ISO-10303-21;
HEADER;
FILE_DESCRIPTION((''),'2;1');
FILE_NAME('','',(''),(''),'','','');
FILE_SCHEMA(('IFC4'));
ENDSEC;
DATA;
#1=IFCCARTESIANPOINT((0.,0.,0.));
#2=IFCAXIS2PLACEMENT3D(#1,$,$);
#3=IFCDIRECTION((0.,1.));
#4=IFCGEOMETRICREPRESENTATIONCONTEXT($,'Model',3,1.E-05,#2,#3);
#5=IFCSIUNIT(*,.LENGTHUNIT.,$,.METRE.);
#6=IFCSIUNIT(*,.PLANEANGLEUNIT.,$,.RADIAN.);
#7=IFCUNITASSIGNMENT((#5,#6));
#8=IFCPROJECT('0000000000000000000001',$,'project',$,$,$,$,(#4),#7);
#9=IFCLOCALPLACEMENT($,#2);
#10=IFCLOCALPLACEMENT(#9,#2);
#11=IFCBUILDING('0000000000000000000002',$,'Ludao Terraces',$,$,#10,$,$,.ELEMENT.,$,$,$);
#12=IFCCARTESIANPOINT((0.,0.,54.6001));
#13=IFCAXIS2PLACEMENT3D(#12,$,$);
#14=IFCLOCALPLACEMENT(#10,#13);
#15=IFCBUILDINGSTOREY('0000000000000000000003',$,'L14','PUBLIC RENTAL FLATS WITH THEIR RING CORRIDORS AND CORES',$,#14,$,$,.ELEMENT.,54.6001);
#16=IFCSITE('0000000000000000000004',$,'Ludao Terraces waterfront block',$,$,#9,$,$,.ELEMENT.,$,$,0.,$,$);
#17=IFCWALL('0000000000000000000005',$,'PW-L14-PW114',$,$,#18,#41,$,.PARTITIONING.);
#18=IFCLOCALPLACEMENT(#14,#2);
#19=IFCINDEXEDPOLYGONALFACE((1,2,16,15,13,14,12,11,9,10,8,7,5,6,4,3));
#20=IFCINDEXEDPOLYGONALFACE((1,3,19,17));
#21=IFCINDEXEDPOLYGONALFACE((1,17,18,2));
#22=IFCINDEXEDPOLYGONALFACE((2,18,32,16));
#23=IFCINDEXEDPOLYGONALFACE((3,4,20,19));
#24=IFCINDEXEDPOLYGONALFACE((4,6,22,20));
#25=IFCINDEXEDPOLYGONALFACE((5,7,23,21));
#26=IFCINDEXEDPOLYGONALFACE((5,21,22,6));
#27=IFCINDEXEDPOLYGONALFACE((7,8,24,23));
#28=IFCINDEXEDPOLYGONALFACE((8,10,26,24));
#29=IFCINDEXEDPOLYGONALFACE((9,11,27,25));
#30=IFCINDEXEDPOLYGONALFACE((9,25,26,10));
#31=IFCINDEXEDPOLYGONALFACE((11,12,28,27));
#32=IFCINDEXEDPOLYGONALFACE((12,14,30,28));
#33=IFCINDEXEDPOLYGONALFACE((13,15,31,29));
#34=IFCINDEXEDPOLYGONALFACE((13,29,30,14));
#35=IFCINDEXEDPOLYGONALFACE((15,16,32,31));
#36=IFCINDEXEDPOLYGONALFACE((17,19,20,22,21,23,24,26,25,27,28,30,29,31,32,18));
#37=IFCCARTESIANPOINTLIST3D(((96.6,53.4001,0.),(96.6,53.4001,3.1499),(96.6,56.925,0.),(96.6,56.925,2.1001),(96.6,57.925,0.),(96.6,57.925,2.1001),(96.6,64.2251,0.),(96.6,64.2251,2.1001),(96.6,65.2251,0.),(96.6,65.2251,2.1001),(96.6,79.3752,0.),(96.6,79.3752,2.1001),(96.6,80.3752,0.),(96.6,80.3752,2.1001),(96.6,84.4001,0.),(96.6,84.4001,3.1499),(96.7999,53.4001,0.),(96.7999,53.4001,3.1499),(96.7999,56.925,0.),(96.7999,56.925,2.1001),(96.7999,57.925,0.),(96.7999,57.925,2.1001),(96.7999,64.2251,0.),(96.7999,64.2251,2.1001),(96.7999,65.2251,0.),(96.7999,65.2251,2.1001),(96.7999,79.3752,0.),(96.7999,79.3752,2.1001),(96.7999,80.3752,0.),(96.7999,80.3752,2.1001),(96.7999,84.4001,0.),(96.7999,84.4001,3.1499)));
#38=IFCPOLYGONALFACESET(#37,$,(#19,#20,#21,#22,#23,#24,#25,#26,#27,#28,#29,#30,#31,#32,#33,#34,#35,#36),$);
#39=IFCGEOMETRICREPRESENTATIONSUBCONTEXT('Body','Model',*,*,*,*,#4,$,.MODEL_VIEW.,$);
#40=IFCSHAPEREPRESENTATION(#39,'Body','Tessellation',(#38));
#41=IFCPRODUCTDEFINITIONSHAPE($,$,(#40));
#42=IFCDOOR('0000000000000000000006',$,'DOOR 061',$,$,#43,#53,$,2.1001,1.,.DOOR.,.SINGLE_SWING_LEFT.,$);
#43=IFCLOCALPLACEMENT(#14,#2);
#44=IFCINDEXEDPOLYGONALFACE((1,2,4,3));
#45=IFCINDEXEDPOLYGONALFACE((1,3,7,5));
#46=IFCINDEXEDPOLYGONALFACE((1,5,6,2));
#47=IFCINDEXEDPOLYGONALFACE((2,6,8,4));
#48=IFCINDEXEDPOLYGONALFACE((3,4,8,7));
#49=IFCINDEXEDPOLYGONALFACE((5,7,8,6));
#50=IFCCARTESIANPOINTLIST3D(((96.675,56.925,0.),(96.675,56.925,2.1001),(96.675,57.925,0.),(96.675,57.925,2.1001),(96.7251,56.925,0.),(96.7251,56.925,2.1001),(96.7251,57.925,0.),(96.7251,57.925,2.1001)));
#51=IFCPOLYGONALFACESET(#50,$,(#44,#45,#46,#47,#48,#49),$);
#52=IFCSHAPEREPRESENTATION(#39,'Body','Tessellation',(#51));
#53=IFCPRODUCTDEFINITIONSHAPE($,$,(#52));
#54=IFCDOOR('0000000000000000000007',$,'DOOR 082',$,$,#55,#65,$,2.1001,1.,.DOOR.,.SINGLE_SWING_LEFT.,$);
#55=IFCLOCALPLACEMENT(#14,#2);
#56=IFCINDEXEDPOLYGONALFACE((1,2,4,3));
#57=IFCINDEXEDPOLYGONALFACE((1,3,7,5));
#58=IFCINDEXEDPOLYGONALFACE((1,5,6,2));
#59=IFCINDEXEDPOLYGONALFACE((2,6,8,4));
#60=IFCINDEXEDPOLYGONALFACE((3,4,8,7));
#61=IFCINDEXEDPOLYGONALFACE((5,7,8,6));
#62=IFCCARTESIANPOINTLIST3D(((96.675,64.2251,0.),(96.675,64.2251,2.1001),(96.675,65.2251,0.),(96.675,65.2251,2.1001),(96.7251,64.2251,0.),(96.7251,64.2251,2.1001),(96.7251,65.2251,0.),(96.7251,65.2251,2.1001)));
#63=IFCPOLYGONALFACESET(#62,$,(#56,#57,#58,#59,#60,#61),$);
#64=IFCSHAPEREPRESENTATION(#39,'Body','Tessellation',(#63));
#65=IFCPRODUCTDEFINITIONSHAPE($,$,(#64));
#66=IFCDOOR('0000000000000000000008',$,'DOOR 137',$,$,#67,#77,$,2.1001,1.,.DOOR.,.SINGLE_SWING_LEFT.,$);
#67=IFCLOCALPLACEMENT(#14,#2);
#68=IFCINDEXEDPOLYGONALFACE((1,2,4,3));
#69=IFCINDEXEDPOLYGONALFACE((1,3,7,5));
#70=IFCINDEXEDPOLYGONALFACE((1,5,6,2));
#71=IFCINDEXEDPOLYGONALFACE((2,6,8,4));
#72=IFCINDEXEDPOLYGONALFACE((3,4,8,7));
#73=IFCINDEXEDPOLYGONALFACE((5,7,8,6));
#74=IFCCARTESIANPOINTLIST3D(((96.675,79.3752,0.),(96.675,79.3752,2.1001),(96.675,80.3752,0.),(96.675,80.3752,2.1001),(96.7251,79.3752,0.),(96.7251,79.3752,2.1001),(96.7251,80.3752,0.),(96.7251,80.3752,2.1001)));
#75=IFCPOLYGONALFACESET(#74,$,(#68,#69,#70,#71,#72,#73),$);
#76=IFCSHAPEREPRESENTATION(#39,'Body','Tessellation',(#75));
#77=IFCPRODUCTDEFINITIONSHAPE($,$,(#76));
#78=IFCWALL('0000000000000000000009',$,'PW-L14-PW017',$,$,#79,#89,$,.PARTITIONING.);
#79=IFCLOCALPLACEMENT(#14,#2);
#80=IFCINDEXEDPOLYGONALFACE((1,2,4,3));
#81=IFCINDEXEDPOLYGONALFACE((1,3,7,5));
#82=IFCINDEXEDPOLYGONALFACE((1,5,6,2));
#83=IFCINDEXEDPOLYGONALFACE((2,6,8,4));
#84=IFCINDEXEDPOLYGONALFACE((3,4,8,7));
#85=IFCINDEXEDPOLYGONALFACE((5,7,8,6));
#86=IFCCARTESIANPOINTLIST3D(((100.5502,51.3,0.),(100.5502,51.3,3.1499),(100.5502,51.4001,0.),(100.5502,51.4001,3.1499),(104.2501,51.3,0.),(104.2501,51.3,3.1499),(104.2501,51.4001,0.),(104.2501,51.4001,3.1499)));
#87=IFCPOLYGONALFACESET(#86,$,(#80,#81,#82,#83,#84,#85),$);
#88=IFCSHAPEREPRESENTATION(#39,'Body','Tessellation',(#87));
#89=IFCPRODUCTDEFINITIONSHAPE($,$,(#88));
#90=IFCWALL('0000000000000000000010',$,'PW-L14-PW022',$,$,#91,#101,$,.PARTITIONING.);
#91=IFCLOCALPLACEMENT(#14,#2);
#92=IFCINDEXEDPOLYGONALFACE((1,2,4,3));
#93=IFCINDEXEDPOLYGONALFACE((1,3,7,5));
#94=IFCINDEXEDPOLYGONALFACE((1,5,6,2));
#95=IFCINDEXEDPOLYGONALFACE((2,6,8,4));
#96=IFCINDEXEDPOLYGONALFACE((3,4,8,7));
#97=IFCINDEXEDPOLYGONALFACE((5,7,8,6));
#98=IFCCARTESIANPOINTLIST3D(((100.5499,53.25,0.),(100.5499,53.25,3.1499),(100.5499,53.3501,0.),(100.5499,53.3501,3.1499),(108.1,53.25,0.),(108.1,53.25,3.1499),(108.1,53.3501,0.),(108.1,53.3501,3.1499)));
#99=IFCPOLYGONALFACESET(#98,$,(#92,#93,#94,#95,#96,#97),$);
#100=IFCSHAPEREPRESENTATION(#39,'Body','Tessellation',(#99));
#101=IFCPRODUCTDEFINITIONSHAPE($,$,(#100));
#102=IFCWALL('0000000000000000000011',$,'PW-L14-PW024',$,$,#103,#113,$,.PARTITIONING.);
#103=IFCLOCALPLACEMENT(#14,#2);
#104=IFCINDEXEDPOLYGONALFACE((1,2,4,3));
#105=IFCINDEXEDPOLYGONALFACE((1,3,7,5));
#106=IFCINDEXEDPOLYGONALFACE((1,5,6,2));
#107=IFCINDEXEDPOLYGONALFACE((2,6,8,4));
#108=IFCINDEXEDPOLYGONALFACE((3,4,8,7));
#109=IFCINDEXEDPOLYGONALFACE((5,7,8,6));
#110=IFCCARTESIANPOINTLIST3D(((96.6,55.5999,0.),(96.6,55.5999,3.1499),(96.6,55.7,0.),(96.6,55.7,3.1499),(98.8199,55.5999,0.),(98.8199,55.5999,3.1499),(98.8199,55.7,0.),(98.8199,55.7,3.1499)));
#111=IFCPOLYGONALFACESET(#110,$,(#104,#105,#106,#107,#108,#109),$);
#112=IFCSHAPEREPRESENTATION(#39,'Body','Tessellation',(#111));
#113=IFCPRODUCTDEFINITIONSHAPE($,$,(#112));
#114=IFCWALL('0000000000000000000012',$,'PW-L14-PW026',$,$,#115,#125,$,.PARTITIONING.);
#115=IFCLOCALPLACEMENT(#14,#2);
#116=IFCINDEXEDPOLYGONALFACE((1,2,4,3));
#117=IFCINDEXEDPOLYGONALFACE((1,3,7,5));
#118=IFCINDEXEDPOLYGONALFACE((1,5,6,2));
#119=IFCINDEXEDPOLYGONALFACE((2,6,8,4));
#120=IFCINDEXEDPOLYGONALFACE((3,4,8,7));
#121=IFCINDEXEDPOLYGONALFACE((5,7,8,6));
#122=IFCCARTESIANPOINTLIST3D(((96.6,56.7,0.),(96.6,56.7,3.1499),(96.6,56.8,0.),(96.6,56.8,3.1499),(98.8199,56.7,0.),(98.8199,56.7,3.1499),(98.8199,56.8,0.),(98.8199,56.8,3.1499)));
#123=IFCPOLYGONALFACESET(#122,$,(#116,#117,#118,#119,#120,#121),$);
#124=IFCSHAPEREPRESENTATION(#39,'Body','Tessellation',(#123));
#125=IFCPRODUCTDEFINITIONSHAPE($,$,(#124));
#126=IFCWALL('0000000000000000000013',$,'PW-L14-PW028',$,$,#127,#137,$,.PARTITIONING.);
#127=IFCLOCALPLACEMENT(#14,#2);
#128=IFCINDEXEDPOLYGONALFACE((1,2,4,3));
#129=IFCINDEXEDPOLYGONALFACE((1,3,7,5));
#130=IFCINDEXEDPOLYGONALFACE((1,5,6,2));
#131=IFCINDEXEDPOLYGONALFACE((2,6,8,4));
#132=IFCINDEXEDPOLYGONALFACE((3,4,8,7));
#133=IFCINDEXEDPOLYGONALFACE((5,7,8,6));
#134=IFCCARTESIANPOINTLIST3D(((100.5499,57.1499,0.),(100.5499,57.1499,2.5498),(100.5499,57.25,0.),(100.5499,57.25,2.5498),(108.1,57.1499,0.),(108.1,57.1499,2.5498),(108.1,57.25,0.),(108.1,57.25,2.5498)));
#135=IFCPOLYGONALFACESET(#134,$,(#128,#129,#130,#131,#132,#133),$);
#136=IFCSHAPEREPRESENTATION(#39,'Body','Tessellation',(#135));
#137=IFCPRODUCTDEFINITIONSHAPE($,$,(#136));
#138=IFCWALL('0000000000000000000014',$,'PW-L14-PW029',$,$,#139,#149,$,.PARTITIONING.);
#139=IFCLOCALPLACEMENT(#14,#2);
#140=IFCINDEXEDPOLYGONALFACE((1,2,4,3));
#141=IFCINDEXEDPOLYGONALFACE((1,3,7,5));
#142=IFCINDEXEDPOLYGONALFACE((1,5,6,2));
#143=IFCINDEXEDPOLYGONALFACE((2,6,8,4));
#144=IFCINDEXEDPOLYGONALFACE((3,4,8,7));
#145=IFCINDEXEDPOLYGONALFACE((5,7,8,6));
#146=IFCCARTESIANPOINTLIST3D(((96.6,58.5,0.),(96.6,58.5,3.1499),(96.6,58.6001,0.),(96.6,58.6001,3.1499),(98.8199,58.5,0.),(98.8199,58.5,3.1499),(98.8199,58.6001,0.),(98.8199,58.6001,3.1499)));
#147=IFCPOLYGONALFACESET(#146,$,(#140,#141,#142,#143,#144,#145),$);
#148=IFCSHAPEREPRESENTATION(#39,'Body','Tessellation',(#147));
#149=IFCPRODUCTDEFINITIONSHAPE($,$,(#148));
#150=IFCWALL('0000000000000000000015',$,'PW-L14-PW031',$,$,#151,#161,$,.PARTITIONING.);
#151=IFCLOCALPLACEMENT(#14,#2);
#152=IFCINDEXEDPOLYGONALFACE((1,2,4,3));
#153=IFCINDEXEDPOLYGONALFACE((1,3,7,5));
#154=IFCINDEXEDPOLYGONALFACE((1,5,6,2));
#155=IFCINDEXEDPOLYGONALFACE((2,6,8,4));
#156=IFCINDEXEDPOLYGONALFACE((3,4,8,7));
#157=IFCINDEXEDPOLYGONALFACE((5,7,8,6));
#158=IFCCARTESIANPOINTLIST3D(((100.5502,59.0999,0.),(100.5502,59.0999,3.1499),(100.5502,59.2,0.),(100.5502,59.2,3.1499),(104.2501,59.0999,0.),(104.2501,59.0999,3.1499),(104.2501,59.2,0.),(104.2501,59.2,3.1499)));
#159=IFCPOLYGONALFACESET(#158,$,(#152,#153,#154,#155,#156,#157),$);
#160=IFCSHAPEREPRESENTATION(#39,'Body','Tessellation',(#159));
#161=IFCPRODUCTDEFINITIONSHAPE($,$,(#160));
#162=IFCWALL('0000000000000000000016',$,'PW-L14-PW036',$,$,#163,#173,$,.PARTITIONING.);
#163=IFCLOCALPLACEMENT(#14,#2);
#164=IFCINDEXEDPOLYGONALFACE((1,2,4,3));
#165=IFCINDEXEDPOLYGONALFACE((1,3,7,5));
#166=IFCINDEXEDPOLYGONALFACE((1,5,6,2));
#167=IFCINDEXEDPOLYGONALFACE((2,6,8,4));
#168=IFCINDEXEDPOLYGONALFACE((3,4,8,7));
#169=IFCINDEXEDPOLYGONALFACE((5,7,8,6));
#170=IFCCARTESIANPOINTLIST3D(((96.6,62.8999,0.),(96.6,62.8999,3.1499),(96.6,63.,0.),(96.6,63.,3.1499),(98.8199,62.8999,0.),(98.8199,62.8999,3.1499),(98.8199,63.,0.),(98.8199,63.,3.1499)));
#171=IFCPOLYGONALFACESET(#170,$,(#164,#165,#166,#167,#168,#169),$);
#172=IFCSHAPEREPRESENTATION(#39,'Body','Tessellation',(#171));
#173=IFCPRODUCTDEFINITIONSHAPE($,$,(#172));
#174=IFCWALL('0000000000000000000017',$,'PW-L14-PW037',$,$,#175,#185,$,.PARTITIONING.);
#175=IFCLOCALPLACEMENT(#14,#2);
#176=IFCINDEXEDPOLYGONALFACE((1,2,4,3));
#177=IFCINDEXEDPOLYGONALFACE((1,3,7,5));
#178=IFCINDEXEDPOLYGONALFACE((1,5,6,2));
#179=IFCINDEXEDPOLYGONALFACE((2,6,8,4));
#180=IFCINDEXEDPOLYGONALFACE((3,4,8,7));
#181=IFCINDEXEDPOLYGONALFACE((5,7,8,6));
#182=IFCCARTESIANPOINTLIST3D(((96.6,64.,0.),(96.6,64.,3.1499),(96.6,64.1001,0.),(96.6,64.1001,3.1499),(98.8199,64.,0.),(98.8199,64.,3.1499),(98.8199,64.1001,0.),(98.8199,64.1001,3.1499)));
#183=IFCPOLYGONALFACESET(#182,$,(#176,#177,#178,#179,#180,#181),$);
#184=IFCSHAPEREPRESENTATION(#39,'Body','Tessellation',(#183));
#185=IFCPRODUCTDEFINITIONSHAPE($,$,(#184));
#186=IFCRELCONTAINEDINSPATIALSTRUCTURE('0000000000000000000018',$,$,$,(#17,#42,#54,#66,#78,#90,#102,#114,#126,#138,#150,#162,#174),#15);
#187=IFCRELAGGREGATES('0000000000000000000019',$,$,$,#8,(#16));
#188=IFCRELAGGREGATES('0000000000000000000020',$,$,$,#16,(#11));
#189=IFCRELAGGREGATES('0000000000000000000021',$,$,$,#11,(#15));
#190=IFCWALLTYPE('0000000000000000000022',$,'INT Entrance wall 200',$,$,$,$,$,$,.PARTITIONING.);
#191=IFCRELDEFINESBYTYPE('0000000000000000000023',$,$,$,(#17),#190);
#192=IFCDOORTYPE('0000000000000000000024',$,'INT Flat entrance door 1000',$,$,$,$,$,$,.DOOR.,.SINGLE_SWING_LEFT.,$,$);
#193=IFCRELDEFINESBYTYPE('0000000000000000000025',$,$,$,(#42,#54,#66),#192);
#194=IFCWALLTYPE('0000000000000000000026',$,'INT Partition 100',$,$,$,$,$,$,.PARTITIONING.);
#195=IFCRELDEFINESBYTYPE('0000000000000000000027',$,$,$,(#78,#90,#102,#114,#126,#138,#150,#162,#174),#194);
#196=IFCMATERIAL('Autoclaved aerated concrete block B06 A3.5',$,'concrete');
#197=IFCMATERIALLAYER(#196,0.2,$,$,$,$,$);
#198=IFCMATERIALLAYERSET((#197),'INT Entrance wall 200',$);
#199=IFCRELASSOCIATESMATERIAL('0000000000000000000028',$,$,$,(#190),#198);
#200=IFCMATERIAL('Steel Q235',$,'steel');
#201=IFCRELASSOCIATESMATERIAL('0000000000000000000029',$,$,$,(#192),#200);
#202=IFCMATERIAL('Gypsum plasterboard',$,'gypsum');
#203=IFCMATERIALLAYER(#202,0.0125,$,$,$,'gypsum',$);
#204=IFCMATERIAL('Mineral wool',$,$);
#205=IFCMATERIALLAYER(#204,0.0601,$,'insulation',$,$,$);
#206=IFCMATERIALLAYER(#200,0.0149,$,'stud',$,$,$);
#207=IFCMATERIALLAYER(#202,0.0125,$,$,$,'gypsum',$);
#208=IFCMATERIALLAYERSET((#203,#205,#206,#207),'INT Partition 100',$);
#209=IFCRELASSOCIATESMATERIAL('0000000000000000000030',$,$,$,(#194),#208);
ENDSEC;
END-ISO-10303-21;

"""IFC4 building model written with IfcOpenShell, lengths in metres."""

from ifc_helpers import new_model, si_unit, direction, frame, frame_2d, origin, place, context, subcontext, project, spatial, rectangle, extrude, material, layer, layer_set, type_object, element, fill, save


model = new_model("IFC4")

# Units and contexts
model_context = context("Model", 3, precision=1e-05, world=origin(), true_north=direction((0.0, 1.0)))
body_context = subcontext(model_context, "Body", "Model", "MODEL_VIEW")
ifc_project = project(units=[si_unit("LENGTHUNIT", "METRE"), si_unit("PLANEANGLEUNIT", "RADIAN")], contexts=[model_context])

# Site, building, storey
site_placement = place(None, origin())
site = spatial("IfcSite", under=ifc_project, at=site_placement, Name="Ludao Terraces waterfront block", CompositionType="ELEMENT", RefElevation=0.0)
building_placement = place(site_placement, origin())
building = spatial("IfcBuilding", under=site, at=building_placement, Name="Ludao Terraces", CompositionType="ELEMENT")
storey_placement = place(building_placement, frame((0.0, 0.0, 54.6001)))
storey = spatial("IfcBuildingStorey", under=building, at=storey_placement, Name="L14", Description="PUBLIC RENTAL FLATS WITH THEIR RING CORRIDORS AND CORES", CompositionType="ELEMENT", Elevation=54.6001)

# Wall, openings, doors
ifc_material_1 = material(Name="Autoclaved aerated concrete block B06 A3.5", Category="concrete")
ifc_layer_1 = layer(ifc_material_1, 0.2)
ifc_layer_set_1 = layer_set([ifc_layer_1], Name="INT Entrance wall 200")
wall_type_1 = type_object("IfcWallType", Name="INT Entrance wall 200", PredefinedType="PARTITIONING", material=ifc_layer_set_1)
wall_1_placement = place(storey_placement, frame((96.7, 53.4001, 0.0), z_axis=(0.0, 0.0, 1.0), x_axis=(0.0, 1.0, 0.0)))
wall_1 = element("IfcWall", 1, at=wall_1_placement, inside=storey, type_object=wall_type_1, Name="PW-L14-PW114", PredefinedType="PARTITIONING", context=body_context, shape_type="SweptSolid", body=[
    extrude(rectangle(XDim=31.0, YDim=0.2, at=frame_2d((15.5, 0.0))), origin(), (0.0, 0.0, 1.0), 3.1499),
])
opening_1_placement = place(wall_1_placement, frame((3.5249, 0.0, 0.0)))
opening_1 = element("IfcOpeningElement", 2, at=opening_1_placement, cuts=wall_1, PredefinedType="OPENING", context=body_context, shape_type="SweptSolid", body=[
    extrude(rectangle(XDim=1.0, YDim=2.1001, at=frame_2d((0.5, 1.05))), frame((0.0, 0.1099, 0.0), z_axis=(0.0, -1.0, 0.0), x_axis=(1.0, 0.0, 0.0)), (0.0, 0.0, 1.0), 0.22),
])
opening_2_placement = place(wall_1_placement, frame((10.825, 0.0, 0.0)))
opening_2 = element("IfcOpeningElement", 3, at=opening_2_placement, cuts=wall_1, PredefinedType="OPENING", context=body_context, shape_type="SweptSolid", body=[
    extrude(rectangle(XDim=1.0, YDim=2.1001, at=frame_2d((0.5, 1.05))), frame((0.0, 0.1099, 0.0), z_axis=(0.0, -1.0, 0.0), x_axis=(1.0, 0.0, 0.0)), (0.0, 0.0, 1.0), 0.22),
])
opening_3_placement = place(wall_1_placement, frame((25.9751, 0.0, 0.0)))
opening_3 = element("IfcOpeningElement", 4, at=opening_3_placement, cuts=wall_1, PredefinedType="OPENING", context=body_context, shape_type="SweptSolid", body=[
    extrude(rectangle(XDim=1.0, YDim=2.1001, at=frame_2d((0.5, 1.05))), frame((0.0, 0.1099, 0.0), z_axis=(0.0, -1.0, 0.0), x_axis=(1.0, 0.0, 0.0)), (0.0, 0.0, 1.0), 0.22),
])
ifc_material_2 = material(Name="Steel Q235", Category="steel")
door_type_1 = type_object("IfcDoorType", Name="INT Flat entrance door 1000", OperationType="SINGLE_SWING_LEFT", PredefinedType="DOOR", material=ifc_material_2)
door_1_placement = place(opening_1_placement, origin())
door_1 = element("IfcDoor", 5, at=door_1_placement, inside=storey, type_object=door_type_1, Name="DOOR 061", OperationType="SINGLE_SWING_LEFT", OverallHeight=2.1001, OverallWidth=1.0, PredefinedType="DOOR", context=body_context, shape_type="SweptSolid", body=[
    extrude(rectangle(XDim=1.0, YDim=2.1001, at=frame_2d((0.5, 1.05))), frame((0.0, 0.0249, 0.0), z_axis=(0.0, -1.0, 0.0), x_axis=(1.0, 0.0, 0.0)), (0.0, 0.0, 1.0), 0.05),
])
fill(opening_1, door_1)
door_2_placement = place(opening_2_placement, origin())
door_2 = element("IfcDoor", 6, at=door_2_placement, inside=storey, type_object=door_type_1, Name="DOOR 082", OperationType="SINGLE_SWING_LEFT", OverallHeight=2.1001, OverallWidth=1.0, PredefinedType="DOOR", context=body_context, shape_type="SweptSolid", body=[
    extrude(rectangle(XDim=1.0, YDim=2.1001, at=frame_2d((0.5, 1.05))), frame((0.0, 0.0249, 0.0), z_axis=(0.0, -1.0, 0.0), x_axis=(1.0, 0.0, 0.0)), (0.0, 0.0, 1.0), 0.05),
])
fill(opening_2, door_2)
door_3_placement = place(opening_3_placement, origin())
door_3 = element("IfcDoor", 7, at=door_3_placement, inside=storey, type_object=door_type_1, Name="DOOR 137", OperationType="SINGLE_SWING_LEFT", OverallHeight=2.1001, OverallWidth=1.0, PredefinedType="DOOR", context=body_context, shape_type="SweptSolid", body=[
    extrude(rectangle(XDim=1.0, YDim=2.1001, at=frame_2d((0.5, 1.05))), frame((0.0, 0.0249, 0.0), z_axis=(0.0, -1.0, 0.0), x_axis=(1.0, 0.0, 0.0)), (0.0, 0.0, 1.0), 0.05),
])
fill(opening_3, door_3)

# Walls
ifc_material_3 = material(Name="Gypsum plasterboard", Category="gypsum")
ifc_layer_2 = layer(ifc_material_3, 0.0125, Category="gypsum")
ifc_material_4 = material(Name="Mineral wool")
ifc_layer_3 = layer(ifc_material_4, 0.0601, Name="insulation")
ifc_layer_4 = layer(ifc_material_2, 0.0149, Name="stud")
ifc_layer_5 = layer(ifc_material_3, 0.0125, Category="gypsum")
ifc_layer_set_2 = layer_set([ifc_layer_2, ifc_layer_3, ifc_layer_4, ifc_layer_5], Name="INT Partition 100")
wall_type_2 = type_object("IfcWallType", Name="INT Partition 100", PredefinedType="PARTITIONING", material=ifc_layer_set_2)
wall_2_placement = place(storey_placement, frame((100.55, 51.3501, 0.0), z_axis=(0.0, 0.0, 1.0), x_axis=(1.0, 0.0, 0.0)))
element("IfcWall", 8, at=wall_2_placement, inside=storey, type_object=wall_type_2, Name="PW-L14-PW017", PredefinedType="PARTITIONING", context=body_context, shape_type="SweptSolid", body=[
    extrude(rectangle(XDim=3.7, YDim=0.1001, at=frame_2d((1.8501, 0.0))), origin(), (0.0, 0.0, 1.0), 3.1499),
])
wall_3_placement = place(storey_placement, frame((100.55, 53.3, 0.0), z_axis=(0.0, 0.0, 1.0), x_axis=(1.0, 0.0, 0.0)))
element("IfcWall", 9, at=wall_3_placement, inside=storey, type_object=wall_type_2, Name="PW-L14-PW022", PredefinedType="PARTITIONING", context=body_context, shape_type="SweptSolid", body=[
    extrude(rectangle(XDim=7.55, YDim=0.1001, at=frame_2d((3.7749, 0.0))), origin(), (0.0, 0.0, 1.0), 3.1499),
])
for number, where, z_axis, x_axis, name in (
    (10, (96.6001, 55.6499, 0.0), (0.0, 0.0, 1.0), (1.0, 0.0, 0.0), "PW-L14-PW024"),
    (11, (96.6001, 56.75, 0.0), (0.0, 0.0, 1.0), (1.0, 0.0, 0.0), "PW-L14-PW026"),
):
    element("IfcWall", number, at=place(storey_placement, frame(where, z_axis=z_axis, x_axis=x_axis)), inside=storey, type_object=wall_type_2, Name=name, PredefinedType="PARTITIONING", context=body_context, shape_type="SweptSolid", body=[
        extrude(rectangle(XDim=2.22, YDim=0.1001, at=frame_2d((1.1099, 0.0))), origin(), (0.0, 0.0, 1.0), 3.1499),
    ])
wall_4_placement = place(storey_placement, frame((100.55, 57.2, 0.0), z_axis=(0.0, 0.0, 1.0), x_axis=(1.0, 0.0, 0.0)))
element("IfcWall", 12, at=wall_4_placement, inside=storey, type_object=wall_type_2, Name="PW-L14-PW028", PredefinedType="PARTITIONING", context=body_context, shape_type="SweptSolid", body=[
    extrude(rectangle(XDim=7.55, YDim=0.1001, at=frame_2d((3.7749, 0.0))), origin(), (0.0, 0.0, 1.0), 2.5498),
])
wall_5_placement = place(storey_placement, frame((96.6001, 58.55, 0.0), z_axis=(0.0, 0.0, 1.0), x_axis=(1.0, 0.0, 0.0)))
element("IfcWall", 13, at=wall_5_placement, inside=storey, type_object=wall_type_2, Name="PW-L14-PW029", PredefinedType="PARTITIONING", context=body_context, shape_type="SweptSolid", body=[
    extrude(rectangle(XDim=2.22, YDim=0.1001, at=frame_2d((1.1099, 0.0))), origin(), (0.0, 0.0, 1.0), 3.1499),
])
wall_6_placement = place(storey_placement, frame((100.55, 59.1499, 0.0), z_axis=(0.0, 0.0, 1.0), x_axis=(1.0, 0.0, 0.0)))
element("IfcWall", 14, at=wall_6_placement, inside=storey, type_object=wall_type_2, Name="PW-L14-PW031", PredefinedType="PARTITIONING", context=body_context, shape_type="SweptSolid", body=[
    extrude(rectangle(XDim=3.7, YDim=0.1001, at=frame_2d((1.8501, 0.0))), origin(), (0.0, 0.0, 1.0), 3.1499),
])
for number, where, z_axis, x_axis, name in (
    (15, (96.6001, 62.95, 0.0), (0.0, 0.0, 1.0), (1.0, 0.0, 0.0), "PW-L14-PW036"),
    (16, (96.6001, 64.05, 0.0), (0.0, 0.0, 1.0), (1.0, 0.0, 0.0), "PW-L14-PW037"),
):
    element("IfcWall", number, at=place(storey_placement, frame(where, z_axis=z_axis, x_axis=x_axis)), inside=storey, type_object=wall_type_2, Name=name, PredefinedType="PARTITIONING", context=body_context, shape_type="SweptSolid", body=[
        extrude(rectangle(XDim=2.22, YDim=0.1001, at=frame_2d((1.1099, 0.0))), origin(), (0.0, 0.0, 1.0), 3.1499),
    ])

save(model, "model.ifc")
